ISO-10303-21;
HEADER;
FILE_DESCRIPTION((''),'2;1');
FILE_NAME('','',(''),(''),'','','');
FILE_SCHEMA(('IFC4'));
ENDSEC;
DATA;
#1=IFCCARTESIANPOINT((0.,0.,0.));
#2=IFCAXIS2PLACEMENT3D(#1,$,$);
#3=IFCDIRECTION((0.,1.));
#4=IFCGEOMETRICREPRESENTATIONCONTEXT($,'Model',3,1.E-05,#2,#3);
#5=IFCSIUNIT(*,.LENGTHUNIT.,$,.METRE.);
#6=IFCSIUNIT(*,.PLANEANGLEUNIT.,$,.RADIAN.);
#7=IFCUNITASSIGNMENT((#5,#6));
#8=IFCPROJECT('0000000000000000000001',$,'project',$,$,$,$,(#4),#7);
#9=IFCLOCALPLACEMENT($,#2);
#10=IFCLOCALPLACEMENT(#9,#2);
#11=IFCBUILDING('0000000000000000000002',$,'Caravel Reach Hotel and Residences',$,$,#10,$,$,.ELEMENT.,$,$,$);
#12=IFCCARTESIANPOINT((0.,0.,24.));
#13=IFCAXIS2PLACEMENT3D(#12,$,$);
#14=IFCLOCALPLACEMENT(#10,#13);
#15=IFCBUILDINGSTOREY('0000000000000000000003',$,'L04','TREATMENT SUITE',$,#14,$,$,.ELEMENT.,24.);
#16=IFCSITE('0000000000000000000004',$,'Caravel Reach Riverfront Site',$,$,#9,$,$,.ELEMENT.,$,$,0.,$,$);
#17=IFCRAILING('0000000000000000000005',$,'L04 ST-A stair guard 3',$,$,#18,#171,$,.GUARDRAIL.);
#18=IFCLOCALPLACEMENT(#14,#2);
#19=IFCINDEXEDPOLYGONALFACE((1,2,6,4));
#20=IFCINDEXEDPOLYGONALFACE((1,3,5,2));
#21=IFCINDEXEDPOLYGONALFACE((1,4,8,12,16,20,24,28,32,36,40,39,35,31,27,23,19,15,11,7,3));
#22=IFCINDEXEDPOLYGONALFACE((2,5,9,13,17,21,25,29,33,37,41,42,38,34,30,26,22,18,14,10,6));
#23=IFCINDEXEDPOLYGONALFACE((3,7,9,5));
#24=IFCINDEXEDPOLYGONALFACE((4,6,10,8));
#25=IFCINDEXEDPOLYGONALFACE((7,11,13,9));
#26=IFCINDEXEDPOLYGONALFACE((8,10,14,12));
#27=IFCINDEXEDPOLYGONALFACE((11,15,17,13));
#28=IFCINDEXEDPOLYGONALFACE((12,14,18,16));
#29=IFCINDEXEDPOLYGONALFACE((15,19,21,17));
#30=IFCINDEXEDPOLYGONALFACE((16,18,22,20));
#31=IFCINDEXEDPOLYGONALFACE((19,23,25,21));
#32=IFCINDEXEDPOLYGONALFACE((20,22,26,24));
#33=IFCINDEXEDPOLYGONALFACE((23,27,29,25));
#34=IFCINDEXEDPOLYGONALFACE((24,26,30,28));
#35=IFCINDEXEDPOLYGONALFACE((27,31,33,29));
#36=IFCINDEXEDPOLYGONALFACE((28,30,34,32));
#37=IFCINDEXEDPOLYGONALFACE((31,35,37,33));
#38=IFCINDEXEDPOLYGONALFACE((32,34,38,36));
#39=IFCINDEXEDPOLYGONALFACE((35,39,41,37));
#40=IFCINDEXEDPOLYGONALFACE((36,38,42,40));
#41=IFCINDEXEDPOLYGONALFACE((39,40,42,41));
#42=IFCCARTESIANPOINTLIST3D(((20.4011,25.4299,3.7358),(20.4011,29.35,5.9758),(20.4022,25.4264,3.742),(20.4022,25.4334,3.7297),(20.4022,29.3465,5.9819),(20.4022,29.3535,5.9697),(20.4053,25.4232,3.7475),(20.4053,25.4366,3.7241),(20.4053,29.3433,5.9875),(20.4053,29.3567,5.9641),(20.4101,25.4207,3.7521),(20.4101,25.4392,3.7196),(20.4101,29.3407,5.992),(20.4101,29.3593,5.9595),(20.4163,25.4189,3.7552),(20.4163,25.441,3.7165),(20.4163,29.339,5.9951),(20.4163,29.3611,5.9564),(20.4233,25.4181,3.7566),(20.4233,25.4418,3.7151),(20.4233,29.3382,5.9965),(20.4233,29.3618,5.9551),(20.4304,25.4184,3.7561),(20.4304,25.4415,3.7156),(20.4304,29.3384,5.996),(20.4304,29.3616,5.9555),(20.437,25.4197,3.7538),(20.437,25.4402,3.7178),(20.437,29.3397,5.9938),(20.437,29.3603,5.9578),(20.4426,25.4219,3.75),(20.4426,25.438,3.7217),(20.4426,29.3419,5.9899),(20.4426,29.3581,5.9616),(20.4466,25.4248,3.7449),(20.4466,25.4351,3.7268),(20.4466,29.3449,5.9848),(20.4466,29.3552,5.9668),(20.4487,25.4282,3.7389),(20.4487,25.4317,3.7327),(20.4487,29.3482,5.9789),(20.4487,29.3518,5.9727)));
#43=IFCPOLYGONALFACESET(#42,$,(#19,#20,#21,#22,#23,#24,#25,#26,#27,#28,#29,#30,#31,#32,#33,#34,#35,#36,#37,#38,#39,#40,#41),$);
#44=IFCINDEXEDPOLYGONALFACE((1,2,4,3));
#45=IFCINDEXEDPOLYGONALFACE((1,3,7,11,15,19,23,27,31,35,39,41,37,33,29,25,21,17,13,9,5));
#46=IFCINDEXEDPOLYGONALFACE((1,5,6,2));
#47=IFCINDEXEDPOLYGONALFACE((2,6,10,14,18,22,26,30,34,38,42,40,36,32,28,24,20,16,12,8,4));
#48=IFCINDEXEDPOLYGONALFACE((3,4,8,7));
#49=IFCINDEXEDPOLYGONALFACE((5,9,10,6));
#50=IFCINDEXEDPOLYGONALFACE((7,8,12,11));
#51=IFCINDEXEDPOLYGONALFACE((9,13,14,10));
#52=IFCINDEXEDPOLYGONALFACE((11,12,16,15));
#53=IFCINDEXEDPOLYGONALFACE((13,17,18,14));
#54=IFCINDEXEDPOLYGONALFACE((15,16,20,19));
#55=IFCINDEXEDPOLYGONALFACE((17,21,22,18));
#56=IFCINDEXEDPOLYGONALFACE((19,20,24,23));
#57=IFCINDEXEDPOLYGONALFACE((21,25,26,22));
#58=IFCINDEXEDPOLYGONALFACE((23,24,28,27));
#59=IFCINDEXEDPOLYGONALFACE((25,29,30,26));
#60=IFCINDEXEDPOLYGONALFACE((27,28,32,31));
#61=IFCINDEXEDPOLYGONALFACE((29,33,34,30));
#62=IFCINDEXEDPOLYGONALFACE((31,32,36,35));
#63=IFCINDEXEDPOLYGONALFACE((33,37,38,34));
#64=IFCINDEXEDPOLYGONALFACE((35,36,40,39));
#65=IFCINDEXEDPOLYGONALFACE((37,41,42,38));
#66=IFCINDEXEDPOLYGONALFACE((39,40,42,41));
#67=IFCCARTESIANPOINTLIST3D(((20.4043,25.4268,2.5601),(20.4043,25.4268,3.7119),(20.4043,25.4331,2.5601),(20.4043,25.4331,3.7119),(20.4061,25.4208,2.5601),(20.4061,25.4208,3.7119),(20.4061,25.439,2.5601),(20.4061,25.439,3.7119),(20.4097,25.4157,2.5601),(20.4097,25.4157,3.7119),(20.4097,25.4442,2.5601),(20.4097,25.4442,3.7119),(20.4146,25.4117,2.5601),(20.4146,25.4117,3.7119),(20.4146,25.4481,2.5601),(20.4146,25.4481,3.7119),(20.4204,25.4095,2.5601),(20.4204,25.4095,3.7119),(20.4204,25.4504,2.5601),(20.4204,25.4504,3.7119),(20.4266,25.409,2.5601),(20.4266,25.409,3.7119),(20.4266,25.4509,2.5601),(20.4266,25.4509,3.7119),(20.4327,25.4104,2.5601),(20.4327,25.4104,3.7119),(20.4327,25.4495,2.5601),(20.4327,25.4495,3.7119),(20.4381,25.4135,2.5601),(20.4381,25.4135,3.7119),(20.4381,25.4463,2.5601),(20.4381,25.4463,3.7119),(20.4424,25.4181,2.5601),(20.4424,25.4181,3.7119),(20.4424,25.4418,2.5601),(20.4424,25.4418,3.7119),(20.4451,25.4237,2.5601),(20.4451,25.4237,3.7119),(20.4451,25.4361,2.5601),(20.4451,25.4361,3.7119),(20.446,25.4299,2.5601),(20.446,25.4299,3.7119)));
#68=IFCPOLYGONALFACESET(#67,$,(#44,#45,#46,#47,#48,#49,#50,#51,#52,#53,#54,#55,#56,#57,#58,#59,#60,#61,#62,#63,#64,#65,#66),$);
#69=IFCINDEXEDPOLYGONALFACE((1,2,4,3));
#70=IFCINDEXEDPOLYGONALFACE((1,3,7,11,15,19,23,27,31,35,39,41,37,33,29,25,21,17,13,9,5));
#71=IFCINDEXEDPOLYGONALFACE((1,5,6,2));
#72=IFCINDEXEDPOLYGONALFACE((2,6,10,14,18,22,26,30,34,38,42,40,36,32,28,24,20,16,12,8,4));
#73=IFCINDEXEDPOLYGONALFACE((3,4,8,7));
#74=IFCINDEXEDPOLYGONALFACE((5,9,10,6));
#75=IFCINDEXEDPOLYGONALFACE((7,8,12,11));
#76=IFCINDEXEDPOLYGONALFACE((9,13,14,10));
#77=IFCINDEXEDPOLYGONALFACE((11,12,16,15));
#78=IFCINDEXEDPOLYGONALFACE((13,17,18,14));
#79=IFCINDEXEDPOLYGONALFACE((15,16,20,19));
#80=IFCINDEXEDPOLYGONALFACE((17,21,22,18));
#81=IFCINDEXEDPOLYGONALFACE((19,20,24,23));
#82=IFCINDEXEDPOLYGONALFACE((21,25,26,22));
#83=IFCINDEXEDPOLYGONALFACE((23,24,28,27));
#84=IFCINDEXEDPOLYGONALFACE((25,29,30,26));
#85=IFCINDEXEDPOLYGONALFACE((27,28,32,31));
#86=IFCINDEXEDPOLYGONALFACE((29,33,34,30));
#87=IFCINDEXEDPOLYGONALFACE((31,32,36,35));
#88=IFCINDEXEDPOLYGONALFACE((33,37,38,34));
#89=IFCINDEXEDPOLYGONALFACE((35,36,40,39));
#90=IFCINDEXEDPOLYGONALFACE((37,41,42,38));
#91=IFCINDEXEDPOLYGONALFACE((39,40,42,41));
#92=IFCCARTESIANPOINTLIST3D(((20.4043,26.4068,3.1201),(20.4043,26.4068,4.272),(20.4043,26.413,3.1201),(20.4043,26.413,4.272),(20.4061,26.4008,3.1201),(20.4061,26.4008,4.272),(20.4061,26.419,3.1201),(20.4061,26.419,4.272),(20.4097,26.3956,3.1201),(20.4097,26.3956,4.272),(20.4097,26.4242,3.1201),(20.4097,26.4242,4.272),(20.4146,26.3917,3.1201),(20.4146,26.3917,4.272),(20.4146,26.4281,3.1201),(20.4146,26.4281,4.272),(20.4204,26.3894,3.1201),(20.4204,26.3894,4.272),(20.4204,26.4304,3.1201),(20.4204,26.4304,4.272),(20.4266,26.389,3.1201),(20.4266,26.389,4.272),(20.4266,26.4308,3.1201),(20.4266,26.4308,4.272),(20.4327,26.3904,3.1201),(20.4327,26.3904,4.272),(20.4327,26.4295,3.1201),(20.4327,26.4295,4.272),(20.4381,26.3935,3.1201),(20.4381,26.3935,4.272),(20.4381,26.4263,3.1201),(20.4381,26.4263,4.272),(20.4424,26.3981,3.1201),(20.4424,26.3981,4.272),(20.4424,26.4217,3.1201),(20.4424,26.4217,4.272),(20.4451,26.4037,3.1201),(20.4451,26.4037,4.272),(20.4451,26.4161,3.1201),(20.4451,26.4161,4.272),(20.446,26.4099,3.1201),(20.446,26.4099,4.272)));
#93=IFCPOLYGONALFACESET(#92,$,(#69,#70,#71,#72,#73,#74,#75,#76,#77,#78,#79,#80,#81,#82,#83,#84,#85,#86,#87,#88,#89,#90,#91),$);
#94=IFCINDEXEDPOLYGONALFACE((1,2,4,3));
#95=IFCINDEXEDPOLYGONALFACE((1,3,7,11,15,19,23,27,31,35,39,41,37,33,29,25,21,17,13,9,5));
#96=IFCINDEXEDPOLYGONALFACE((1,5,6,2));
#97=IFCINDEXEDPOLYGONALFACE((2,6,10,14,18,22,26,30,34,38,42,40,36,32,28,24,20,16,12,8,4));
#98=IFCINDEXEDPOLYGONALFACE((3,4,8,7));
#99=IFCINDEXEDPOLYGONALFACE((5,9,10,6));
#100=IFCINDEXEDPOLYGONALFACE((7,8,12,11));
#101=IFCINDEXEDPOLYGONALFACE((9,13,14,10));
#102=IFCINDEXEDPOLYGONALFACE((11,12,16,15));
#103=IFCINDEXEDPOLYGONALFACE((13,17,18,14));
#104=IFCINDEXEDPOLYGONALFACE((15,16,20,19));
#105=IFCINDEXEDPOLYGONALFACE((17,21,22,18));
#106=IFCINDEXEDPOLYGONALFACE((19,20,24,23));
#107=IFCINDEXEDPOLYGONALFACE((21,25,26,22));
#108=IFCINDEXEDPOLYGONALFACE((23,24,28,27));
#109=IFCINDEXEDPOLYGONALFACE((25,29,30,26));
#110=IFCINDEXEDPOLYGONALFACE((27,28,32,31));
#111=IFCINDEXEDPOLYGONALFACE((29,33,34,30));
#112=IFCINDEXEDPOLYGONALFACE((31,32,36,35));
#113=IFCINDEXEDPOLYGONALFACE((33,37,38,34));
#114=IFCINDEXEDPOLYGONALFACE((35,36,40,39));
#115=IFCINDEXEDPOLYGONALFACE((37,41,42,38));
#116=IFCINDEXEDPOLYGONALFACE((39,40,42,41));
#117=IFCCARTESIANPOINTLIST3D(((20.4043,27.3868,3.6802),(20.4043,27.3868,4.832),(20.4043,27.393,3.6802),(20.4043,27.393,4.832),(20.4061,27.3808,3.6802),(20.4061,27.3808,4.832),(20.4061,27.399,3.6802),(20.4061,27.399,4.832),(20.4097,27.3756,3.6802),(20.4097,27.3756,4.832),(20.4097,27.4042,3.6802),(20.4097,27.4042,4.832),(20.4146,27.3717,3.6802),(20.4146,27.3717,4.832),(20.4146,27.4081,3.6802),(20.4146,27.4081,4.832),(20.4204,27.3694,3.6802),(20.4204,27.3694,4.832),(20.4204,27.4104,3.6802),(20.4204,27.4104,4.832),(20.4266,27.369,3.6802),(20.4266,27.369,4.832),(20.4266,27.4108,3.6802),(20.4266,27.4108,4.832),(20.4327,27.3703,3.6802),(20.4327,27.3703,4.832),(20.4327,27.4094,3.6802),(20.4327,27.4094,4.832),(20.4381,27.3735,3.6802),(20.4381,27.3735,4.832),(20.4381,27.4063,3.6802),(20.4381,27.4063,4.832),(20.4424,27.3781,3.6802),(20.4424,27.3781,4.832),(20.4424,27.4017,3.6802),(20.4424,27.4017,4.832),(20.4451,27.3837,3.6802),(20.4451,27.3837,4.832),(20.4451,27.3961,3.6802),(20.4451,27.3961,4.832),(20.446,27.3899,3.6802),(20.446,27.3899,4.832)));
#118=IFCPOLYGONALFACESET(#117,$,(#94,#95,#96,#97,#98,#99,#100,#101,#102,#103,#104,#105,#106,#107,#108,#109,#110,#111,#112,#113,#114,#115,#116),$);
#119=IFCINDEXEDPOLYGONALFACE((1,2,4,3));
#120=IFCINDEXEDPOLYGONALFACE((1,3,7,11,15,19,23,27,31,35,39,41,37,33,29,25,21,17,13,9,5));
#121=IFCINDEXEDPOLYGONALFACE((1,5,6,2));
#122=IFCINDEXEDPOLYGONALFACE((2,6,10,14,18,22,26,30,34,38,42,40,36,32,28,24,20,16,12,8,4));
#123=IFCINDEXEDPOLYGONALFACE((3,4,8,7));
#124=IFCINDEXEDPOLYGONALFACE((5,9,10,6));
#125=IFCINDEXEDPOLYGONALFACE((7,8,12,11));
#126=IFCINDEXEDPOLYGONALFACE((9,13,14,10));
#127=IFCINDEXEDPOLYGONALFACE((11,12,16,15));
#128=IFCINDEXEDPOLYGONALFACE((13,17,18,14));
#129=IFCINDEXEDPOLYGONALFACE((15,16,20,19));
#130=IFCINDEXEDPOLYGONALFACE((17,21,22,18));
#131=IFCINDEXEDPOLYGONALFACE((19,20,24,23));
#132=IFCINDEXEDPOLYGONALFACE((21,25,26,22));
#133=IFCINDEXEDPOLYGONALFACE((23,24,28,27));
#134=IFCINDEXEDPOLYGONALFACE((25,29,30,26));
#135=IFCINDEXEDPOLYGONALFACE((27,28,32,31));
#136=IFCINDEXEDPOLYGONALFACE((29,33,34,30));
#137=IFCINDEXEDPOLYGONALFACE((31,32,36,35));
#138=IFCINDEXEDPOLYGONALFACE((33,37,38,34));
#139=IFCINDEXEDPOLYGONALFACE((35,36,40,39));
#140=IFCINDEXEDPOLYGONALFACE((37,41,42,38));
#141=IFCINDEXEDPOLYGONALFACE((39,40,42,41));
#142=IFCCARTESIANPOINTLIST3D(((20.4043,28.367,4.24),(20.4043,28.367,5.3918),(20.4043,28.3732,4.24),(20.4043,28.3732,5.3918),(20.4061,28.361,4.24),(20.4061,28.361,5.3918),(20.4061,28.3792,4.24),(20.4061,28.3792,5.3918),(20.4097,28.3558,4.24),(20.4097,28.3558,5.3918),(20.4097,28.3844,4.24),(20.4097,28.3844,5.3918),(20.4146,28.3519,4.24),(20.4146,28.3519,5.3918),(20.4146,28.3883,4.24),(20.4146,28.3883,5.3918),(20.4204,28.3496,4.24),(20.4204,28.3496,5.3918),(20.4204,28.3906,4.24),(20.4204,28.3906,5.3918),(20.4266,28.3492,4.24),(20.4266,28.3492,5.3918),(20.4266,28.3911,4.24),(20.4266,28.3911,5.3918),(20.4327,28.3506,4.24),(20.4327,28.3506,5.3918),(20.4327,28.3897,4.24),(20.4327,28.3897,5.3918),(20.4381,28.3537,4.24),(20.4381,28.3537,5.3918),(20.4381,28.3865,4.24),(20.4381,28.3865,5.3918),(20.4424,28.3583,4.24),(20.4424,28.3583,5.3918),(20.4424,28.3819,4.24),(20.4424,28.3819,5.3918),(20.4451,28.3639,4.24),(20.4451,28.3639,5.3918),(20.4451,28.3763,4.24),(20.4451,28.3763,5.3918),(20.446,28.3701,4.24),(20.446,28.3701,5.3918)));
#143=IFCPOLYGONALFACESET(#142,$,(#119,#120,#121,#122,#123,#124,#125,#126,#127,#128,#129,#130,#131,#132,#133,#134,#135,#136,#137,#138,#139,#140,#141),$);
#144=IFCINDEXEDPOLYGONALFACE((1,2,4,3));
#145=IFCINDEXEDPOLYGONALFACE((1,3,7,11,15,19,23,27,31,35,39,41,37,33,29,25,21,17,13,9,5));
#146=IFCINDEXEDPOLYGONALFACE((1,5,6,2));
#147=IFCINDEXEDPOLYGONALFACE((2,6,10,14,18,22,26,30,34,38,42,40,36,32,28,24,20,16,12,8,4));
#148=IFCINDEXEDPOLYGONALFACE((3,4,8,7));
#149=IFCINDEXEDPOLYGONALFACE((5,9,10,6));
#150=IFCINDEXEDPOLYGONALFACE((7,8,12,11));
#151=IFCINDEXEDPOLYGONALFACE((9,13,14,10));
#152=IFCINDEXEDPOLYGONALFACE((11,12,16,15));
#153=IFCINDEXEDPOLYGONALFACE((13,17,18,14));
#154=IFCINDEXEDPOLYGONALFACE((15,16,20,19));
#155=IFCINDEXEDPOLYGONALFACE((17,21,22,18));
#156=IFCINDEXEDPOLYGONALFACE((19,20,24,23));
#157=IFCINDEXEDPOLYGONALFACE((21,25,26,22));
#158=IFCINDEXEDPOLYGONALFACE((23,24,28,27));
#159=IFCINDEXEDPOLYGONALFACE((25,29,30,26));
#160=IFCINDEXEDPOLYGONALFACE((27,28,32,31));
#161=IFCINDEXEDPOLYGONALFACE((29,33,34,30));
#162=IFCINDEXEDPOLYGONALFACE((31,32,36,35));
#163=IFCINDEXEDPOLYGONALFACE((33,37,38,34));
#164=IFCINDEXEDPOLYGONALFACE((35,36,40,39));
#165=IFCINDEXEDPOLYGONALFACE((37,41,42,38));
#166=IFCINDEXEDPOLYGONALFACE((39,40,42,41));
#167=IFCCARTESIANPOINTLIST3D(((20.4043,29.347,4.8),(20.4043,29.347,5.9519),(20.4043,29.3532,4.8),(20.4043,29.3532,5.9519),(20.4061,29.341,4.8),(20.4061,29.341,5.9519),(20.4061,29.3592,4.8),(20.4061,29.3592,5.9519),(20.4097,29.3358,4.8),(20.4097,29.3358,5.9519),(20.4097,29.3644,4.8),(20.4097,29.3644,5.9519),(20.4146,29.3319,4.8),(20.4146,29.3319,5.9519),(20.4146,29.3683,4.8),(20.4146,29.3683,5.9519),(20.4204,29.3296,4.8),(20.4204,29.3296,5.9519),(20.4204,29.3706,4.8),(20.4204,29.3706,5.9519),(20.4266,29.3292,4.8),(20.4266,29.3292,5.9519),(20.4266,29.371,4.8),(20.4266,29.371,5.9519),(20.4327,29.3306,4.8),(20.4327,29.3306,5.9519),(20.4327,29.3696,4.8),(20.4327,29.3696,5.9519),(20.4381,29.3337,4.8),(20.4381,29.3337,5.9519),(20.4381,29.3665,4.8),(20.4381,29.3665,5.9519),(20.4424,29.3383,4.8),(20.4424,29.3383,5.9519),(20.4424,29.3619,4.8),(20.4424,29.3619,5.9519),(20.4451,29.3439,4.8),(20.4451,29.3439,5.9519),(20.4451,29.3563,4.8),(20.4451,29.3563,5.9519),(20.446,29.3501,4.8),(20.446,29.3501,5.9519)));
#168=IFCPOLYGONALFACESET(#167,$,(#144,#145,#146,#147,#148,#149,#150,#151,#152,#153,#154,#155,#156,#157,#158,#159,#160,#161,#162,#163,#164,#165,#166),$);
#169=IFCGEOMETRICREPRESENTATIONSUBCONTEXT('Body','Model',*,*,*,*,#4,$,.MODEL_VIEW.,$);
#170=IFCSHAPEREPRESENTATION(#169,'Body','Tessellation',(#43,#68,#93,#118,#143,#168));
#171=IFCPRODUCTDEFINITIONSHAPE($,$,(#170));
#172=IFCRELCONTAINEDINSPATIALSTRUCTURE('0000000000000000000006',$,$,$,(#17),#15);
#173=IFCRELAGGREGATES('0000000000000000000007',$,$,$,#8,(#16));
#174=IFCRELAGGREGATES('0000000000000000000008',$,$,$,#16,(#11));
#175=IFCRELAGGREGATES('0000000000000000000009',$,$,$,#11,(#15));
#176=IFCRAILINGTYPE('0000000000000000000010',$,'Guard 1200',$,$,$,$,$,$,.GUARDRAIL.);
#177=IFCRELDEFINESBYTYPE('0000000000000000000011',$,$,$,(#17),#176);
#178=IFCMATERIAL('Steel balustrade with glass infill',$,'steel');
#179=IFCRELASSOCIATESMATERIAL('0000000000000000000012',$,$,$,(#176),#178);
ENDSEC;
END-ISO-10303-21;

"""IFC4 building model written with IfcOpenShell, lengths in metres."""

from ifc_helpers import new_model, si_unit, direction, frame, origin, origin_2d, place, context, subcontext, project, spatial, circle, extrude, material, type_object, element, save


model = new_model("IFC4")

# Units and contexts
model_context = context("Model", 3, precision=1e-05, world=origin(), true_north=direction((0.0, 1.0)))
body_context = subcontext(model_context, "Body", "Model", "MODEL_VIEW")
ifc_project = project(units=[si_unit("LENGTHUNIT", "METRE"), si_unit("PLANEANGLEUNIT", "RADIAN")], contexts=[model_context])

# Site, building, storey
site_placement = place(None, origin())
site = spatial("IfcSite", under=ifc_project, at=site_placement, Name="Caravel Reach Riverfront Site", CompositionType="ELEMENT", RefElevation=0.0)
building_placement = place(site_placement, origin())
building = spatial("IfcBuilding", under=site, at=building_placement, Name="Caravel Reach Hotel and Residences", CompositionType="ELEMENT")
storey_placement = place(building_placement, frame((0.0, 0.0, 24.0)))
storey = spatial("IfcBuildingStorey", under=building, at=storey_placement, Name="L04", Description="TREATMENT SUITE", CompositionType="ELEMENT", Elevation=24.0)

# Railing
ifc_material_1 = material(Name="Steel balustrade with glass infill", Category="steel")
railing_type_1 = type_object("IfcRailingType", Name="Guard 1200", PredefinedType="GUARDRAIL", material=ifc_material_1)
railing_1_placement = place(storey_placement, frame((20.425, 25.4299, 2.5601)))
element("IfcRailing", 1, at=railing_1_placement, inside=storey, type_object=railing_type_1, Name="L04 ST-A stair guard 3", PredefinedType="GUARDRAIL", context=body_context, shape_type="SweptSolid", body=[
    extrude(circle(Radius=0.0239, at=origin_2d()), frame((0.0, 0.0, 1.1758), z_axis=(0.0, 0.868253, 0.496121), x_axis=(-1.0, 0.0, 0.0)), (0.0, 0.0, 1.0), 4.5149),
    extrude(circle(Radius=0.021, at=origin_2d()), origin(), (0.0, 0.0, 1.0), 1.1519),
    extrude(circle(Radius=0.021, at=origin_2d()), frame((0.0, 0.98, 0.5601)), (0.0, 0.0, 1.0), 1.1519),
    extrude(circle(Radius=0.021, at=origin_2d()), frame((0.0, 1.96, 1.1201)), (0.0, 0.0, 1.0), 1.1519),
    extrude(circle(Radius=0.021, at=origin_2d()), frame((0.0, 2.9402, 1.6799)), (0.0, 0.0, 1.0), 1.1519),
    extrude(circle(Radius=0.021, at=origin_2d()), frame((0.0, 3.9202, 2.24)), (0.0, 0.0, 1.0), 1.1519),
])

save(model, "model.ifc")
